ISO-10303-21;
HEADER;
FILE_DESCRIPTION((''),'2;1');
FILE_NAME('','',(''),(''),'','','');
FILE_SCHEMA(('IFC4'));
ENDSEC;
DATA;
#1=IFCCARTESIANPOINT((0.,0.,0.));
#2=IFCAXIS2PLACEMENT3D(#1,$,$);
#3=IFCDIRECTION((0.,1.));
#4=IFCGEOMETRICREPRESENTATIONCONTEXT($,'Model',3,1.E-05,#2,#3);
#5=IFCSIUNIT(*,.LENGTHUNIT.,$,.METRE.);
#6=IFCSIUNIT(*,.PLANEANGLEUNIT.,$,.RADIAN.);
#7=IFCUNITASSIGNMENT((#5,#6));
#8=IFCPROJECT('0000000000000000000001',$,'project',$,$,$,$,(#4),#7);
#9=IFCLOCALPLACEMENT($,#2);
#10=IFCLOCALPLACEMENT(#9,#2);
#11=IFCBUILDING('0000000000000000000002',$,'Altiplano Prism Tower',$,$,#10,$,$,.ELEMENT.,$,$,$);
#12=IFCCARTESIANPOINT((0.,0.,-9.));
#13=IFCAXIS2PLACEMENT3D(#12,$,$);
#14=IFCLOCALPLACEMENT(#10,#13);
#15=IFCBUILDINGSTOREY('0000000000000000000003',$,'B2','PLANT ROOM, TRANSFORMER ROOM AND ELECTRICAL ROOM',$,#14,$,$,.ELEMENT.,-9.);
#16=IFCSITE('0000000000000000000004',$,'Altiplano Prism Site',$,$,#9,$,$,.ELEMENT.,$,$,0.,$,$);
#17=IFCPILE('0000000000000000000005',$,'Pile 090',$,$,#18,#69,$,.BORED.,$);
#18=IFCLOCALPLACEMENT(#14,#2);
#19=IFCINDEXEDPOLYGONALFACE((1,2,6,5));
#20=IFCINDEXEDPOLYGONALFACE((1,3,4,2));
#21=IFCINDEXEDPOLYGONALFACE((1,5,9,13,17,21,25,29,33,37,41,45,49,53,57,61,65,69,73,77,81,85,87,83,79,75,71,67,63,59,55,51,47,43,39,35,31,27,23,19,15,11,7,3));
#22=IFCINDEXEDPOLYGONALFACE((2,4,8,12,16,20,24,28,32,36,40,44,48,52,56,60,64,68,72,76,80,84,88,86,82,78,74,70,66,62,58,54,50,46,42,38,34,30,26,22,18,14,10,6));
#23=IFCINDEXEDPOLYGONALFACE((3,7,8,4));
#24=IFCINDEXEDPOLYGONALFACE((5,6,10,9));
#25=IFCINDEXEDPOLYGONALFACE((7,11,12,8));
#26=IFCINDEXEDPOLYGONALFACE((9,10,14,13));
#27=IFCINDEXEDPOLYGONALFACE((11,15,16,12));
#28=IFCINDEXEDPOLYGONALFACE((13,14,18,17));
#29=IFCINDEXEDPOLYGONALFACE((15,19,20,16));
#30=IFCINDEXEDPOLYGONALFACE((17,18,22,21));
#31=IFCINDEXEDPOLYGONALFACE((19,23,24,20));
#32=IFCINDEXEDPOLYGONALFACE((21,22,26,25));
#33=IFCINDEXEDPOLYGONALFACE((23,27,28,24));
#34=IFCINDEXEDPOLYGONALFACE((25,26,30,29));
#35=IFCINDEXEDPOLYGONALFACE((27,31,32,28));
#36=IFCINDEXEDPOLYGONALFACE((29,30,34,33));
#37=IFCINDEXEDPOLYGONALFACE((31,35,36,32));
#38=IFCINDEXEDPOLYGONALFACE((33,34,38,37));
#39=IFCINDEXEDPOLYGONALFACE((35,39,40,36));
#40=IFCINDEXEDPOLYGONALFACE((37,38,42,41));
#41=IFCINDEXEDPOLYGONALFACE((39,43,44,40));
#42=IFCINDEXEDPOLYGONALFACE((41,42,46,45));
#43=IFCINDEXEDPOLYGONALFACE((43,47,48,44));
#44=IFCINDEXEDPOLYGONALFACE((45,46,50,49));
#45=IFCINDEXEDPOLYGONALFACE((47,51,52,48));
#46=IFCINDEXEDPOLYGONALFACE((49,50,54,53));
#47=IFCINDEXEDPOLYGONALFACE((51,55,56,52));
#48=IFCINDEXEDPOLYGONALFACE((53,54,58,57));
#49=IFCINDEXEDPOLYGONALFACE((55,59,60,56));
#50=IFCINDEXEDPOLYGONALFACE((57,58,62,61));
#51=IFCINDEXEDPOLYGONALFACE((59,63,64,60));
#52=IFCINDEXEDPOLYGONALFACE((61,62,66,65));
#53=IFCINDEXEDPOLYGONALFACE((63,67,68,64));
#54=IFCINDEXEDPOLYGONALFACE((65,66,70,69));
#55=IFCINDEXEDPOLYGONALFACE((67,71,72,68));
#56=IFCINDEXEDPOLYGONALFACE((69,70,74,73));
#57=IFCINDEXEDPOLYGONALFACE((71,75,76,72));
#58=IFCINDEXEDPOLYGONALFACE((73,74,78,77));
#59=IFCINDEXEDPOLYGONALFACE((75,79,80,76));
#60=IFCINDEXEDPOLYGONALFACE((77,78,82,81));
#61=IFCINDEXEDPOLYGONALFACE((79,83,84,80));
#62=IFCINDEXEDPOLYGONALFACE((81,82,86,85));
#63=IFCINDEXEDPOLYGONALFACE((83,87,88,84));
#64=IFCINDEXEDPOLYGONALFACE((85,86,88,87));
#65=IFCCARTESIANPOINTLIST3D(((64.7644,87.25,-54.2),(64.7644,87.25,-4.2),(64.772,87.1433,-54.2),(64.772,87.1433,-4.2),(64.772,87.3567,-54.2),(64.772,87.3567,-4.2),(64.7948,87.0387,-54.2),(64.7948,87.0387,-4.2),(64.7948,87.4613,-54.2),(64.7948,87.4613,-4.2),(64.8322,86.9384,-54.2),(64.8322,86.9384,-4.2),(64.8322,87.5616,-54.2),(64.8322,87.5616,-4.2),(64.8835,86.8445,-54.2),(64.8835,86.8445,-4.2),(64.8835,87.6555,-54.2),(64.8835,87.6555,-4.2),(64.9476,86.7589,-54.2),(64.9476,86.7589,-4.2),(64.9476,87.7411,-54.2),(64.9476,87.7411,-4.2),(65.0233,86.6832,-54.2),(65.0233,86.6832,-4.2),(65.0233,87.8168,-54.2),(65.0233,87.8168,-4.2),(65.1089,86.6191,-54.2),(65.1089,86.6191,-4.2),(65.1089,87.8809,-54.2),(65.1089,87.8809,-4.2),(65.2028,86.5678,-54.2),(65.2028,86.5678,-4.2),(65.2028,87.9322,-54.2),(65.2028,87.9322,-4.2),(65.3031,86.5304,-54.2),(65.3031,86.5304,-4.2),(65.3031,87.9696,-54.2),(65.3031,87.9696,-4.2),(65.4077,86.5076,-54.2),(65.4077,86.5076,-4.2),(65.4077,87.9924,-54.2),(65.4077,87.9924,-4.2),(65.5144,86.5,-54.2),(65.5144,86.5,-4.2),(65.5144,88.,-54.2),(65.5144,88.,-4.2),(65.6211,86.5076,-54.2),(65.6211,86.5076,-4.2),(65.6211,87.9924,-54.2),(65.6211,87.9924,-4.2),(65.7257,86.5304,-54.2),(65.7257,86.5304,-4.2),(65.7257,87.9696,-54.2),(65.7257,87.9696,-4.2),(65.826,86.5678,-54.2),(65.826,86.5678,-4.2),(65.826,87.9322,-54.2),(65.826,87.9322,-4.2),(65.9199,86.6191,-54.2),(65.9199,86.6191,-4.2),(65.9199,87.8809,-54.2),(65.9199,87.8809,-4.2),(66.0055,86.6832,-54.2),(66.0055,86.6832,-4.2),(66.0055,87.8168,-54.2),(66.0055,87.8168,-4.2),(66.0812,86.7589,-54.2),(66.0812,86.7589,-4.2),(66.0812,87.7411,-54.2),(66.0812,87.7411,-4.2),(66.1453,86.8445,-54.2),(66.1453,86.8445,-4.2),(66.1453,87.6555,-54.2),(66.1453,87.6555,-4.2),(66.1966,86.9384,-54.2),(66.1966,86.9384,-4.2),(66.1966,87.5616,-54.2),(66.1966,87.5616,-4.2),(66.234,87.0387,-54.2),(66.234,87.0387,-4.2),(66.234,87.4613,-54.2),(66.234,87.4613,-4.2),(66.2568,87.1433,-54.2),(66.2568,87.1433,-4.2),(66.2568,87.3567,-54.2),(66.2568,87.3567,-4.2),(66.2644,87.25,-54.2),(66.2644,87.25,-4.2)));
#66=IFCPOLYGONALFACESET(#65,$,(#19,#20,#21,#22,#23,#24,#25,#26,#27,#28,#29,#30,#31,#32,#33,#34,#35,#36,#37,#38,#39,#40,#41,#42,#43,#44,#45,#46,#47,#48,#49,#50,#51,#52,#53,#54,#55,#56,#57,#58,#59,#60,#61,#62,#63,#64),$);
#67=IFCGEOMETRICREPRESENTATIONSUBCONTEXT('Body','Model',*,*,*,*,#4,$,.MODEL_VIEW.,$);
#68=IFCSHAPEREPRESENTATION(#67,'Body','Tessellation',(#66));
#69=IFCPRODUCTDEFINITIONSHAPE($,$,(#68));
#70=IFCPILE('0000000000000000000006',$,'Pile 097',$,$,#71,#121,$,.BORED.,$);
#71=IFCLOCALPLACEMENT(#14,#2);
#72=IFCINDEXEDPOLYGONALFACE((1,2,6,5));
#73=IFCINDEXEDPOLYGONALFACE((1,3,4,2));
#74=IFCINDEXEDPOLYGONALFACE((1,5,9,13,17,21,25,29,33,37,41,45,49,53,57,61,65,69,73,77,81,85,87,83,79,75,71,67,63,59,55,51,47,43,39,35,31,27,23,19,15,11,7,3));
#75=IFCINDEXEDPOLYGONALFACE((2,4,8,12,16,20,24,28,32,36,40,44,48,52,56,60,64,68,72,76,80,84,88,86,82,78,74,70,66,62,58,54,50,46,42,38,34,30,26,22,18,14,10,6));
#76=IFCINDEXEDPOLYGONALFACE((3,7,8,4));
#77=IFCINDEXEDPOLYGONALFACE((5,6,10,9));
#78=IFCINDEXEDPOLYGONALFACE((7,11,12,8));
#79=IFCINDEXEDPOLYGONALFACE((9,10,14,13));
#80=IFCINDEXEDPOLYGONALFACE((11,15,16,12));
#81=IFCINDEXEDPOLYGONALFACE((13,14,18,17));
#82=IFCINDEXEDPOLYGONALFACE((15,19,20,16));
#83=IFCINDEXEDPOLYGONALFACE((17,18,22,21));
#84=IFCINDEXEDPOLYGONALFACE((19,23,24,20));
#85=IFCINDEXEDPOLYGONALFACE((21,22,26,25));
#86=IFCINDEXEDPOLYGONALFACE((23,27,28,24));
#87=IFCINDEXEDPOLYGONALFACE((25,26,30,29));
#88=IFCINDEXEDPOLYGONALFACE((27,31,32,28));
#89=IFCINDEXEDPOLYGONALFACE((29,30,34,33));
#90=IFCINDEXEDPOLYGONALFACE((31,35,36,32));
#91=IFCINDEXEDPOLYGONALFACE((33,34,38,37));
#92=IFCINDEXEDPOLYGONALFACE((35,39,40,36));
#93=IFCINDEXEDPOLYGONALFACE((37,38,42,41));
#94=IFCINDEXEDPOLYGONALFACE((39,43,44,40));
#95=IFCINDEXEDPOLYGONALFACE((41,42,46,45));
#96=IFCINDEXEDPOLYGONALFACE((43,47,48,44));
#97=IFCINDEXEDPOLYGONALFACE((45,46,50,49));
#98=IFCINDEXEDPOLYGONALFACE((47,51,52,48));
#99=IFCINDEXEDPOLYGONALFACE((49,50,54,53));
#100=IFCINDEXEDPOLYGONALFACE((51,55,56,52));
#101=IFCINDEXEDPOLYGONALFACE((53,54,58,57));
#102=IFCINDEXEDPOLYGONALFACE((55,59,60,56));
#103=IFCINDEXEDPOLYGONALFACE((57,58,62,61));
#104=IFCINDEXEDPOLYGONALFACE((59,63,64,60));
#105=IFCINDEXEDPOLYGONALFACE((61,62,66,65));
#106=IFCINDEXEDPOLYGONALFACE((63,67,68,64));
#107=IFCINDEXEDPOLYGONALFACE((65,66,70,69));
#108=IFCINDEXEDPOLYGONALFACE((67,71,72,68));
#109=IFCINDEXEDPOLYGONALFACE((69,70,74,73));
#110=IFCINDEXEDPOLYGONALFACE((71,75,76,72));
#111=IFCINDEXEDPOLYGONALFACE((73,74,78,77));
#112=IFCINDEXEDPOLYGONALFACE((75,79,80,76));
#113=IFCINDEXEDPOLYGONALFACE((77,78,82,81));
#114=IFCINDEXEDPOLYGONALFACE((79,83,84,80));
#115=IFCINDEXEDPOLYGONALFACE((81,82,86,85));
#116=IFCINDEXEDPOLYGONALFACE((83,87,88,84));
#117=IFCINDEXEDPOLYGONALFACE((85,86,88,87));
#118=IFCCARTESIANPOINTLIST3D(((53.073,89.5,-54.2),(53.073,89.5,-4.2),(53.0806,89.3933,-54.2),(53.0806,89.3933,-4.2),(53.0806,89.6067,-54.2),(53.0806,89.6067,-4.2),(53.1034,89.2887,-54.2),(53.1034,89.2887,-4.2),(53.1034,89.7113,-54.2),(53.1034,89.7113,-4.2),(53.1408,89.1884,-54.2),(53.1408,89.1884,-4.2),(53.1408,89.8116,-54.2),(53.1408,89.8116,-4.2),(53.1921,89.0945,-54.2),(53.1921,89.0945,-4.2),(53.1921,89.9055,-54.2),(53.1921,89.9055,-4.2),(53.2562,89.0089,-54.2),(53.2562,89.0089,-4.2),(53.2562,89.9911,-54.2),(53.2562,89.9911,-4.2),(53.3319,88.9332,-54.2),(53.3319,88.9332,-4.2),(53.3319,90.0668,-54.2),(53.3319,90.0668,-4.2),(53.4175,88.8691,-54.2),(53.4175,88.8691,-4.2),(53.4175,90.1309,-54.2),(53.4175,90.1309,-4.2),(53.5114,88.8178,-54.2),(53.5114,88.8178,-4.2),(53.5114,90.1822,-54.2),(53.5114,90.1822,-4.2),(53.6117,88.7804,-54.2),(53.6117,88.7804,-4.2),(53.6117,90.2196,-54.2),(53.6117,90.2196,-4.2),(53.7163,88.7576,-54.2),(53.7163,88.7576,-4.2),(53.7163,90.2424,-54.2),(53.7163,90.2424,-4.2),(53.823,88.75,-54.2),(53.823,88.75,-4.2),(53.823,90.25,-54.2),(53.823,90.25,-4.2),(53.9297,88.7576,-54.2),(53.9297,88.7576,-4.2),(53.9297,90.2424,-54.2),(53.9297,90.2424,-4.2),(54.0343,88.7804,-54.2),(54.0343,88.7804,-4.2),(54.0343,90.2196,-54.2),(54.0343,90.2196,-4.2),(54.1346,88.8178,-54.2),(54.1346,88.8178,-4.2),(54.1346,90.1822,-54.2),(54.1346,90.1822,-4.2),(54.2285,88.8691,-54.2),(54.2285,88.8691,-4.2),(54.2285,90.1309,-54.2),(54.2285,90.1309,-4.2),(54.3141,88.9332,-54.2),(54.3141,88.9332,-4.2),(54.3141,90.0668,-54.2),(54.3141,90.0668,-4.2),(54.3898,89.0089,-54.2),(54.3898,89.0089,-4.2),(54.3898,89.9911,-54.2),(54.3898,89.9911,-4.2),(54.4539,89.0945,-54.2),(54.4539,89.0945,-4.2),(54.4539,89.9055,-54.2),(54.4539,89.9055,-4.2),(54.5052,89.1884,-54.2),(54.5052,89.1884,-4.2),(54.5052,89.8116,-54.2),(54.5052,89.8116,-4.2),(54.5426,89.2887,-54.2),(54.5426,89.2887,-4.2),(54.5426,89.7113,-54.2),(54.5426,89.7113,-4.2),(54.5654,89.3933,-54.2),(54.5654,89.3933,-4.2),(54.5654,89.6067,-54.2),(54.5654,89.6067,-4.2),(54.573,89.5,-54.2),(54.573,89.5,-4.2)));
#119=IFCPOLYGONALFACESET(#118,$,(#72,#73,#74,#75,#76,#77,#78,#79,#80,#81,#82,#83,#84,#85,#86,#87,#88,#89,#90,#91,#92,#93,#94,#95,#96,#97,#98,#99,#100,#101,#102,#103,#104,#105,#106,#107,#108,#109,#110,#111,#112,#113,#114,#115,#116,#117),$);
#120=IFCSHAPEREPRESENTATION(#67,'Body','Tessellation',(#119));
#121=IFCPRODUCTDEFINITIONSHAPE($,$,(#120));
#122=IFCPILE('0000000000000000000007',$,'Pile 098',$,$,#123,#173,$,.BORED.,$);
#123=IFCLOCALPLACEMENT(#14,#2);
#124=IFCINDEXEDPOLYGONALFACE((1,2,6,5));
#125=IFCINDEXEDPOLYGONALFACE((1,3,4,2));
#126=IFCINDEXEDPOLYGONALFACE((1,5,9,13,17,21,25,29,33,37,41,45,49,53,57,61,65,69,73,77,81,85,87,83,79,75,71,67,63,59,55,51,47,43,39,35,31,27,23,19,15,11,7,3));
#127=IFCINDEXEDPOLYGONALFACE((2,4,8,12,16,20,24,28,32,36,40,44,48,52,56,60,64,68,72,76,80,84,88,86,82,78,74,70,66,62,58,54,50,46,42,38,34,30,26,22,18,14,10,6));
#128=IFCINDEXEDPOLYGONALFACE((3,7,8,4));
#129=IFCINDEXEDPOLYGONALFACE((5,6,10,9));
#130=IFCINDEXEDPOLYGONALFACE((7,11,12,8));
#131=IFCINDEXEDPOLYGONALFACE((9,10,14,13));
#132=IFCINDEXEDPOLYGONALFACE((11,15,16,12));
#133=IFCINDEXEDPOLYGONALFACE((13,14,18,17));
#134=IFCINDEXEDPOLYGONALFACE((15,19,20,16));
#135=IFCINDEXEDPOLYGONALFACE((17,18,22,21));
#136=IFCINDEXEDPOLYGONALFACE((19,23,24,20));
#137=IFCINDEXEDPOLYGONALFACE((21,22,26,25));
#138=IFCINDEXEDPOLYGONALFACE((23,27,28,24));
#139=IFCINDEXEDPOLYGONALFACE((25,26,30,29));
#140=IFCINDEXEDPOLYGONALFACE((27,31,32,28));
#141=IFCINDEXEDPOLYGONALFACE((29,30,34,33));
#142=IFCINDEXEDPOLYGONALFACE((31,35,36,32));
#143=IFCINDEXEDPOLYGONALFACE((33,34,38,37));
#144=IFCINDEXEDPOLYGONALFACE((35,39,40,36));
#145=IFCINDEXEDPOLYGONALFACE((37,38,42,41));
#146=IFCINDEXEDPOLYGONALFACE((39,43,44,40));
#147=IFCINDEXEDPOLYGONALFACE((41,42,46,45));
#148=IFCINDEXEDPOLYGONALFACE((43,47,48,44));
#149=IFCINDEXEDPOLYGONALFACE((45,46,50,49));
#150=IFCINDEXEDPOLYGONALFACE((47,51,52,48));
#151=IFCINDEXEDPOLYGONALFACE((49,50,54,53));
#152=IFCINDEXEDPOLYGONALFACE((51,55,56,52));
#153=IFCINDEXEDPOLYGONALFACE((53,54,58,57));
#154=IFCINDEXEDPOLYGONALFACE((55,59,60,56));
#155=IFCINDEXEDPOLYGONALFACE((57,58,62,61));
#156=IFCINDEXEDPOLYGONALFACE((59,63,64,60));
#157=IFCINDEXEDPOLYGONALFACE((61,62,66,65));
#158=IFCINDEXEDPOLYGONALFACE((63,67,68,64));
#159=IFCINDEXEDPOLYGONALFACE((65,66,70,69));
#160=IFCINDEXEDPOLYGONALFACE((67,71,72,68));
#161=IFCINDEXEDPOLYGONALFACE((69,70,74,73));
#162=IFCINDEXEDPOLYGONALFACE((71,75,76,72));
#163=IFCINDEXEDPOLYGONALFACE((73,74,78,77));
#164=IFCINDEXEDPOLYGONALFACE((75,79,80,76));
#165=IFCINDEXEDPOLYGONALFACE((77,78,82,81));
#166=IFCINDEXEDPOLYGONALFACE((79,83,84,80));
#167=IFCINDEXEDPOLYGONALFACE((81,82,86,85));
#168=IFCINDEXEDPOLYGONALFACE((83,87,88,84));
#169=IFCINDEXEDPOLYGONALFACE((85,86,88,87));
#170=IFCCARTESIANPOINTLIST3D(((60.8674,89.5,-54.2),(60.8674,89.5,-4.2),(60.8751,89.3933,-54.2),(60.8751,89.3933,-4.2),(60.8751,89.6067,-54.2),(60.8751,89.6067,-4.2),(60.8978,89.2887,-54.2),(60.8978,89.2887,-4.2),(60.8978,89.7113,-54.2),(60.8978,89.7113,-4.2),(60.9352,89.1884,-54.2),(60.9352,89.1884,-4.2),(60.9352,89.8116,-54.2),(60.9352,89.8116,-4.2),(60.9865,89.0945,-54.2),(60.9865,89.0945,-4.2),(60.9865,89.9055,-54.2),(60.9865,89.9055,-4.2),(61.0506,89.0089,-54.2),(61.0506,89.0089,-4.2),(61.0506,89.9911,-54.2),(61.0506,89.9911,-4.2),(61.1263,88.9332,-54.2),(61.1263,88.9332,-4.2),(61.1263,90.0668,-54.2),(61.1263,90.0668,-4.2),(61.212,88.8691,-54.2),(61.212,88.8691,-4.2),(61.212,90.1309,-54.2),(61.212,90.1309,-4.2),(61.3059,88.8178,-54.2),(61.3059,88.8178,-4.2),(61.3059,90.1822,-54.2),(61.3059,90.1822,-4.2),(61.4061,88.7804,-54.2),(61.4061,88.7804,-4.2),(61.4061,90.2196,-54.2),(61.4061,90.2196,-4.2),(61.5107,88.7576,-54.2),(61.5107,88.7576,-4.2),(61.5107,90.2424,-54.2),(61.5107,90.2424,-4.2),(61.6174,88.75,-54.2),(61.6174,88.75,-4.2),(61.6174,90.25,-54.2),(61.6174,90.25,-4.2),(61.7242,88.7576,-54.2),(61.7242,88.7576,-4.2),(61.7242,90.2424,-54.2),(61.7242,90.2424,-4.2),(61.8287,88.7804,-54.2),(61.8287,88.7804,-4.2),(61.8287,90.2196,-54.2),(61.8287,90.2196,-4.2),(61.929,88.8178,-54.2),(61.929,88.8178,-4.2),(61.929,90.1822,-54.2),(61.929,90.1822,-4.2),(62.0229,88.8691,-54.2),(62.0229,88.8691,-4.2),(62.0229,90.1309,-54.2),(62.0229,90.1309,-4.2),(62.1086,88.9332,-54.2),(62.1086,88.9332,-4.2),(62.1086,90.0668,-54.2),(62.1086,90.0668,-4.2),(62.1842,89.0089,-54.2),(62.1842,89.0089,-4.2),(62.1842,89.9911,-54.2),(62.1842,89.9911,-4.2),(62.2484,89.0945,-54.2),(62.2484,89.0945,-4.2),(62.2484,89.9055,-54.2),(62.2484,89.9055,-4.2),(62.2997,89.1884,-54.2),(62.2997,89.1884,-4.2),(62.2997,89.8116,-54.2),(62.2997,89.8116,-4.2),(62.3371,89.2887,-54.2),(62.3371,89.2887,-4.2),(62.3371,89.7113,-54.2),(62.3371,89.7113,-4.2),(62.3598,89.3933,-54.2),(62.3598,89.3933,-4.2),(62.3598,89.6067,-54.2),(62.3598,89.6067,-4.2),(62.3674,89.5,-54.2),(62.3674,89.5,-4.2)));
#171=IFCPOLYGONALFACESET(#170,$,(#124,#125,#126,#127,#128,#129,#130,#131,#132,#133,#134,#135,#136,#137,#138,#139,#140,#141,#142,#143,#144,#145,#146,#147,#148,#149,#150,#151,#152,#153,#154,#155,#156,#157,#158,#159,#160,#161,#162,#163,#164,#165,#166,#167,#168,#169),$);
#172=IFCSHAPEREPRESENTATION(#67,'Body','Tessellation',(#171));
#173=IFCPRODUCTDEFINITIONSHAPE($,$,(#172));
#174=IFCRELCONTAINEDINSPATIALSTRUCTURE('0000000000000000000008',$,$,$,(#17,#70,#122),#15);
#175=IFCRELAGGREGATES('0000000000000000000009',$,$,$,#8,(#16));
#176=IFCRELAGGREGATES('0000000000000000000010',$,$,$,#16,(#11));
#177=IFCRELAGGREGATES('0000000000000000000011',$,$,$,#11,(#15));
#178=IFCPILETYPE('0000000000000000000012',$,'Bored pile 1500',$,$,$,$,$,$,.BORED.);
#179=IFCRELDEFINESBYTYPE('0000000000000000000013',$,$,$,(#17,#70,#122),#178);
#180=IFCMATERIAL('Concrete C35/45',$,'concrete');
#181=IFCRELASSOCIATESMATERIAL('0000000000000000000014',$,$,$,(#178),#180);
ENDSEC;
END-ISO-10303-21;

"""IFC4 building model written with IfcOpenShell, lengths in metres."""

from ifc_helpers import new_model, si_unit, direction, frame, origin, origin_2d, place, context, subcontext, project, spatial, circle, extrude, material, material_profile, profile_set, type_object, element, save


model = new_model("IFC4")

# Units and contexts
model_context = context("Model", 3, precision=1e-05, world=origin(), true_north=direction((0.0, 1.0)))
body_context = subcontext(model_context, "Body", "Model", "MODEL_VIEW")
ifc_project = project(units=[si_unit("LENGTHUNIT", "METRE"), si_unit("PLANEANGLEUNIT", "RADIAN")], contexts=[model_context])

# Site, building, storey
site_placement = place(None, origin())
site = spatial("IfcSite", under=ifc_project, at=site_placement, Name="Altiplano Prism Site", CompositionType="ELEMENT", RefElevation=0.0)
building_placement = place(site_placement, origin())
building = spatial("IfcBuilding", under=site, at=building_placement, Name="Altiplano Prism Tower", CompositionType="ELEMENT")
storey_placement = place(building_placement, frame((0.0, 0.0, -9.0)))
storey = spatial("IfcBuildingStorey", under=building, at=storey_placement, Name="B2", Description="PLANT ROOM, TRANSFORMER ROOM AND ELECTRICAL ROOM", CompositionType="ELEMENT", Elevation=-9.0)

# Piles
ifc_material_1 = material(Name="Concrete C35/45", Category="concrete")
ifc_material_profile_1 = material_profile(ifc_material_1, circle(Radius=0.75, at=origin_2d()), Name="Bored pile 1500")
ifc_profile_set_1 = profile_set([ifc_material_profile_1], Name="Concrete C35/45")
pile_type = type_object("IfcPileType", Name="Bored pile 1500", PredefinedType="BORED", material=ifc_profile_set_1)
for number, where, z_axis, x_axis, name in (
    (1, (65.5144, 87.25, -4.2), (0.0, 0.0, -1.0), (1.0, 0.0, 0.0), "Pile 090"),
    (2, (53.823, 89.5, -4.2), (0.0, 0.0, -1.0), (1.0, 0.0, 0.0), "Pile 097"),
    (3, (61.6174, 89.5, -4.2), (0.0, 0.0, -1.0), (1.0, 0.0, 0.0), "Pile 098"),
):
    element("IfcPile", number, at=place(storey_placement, frame(where, z_axis=z_axis, x_axis=x_axis)), inside=storey, type_object=pile_type, Name=name, PredefinedType="BORED", context=body_context, shape_type="SweptSolid", body=[
        extrude(circle(Radius=0.75, at=origin_2d()), origin(), (0.0, 0.0, 1.0), 50.0),
    ])

save(model, "model.ifc")
